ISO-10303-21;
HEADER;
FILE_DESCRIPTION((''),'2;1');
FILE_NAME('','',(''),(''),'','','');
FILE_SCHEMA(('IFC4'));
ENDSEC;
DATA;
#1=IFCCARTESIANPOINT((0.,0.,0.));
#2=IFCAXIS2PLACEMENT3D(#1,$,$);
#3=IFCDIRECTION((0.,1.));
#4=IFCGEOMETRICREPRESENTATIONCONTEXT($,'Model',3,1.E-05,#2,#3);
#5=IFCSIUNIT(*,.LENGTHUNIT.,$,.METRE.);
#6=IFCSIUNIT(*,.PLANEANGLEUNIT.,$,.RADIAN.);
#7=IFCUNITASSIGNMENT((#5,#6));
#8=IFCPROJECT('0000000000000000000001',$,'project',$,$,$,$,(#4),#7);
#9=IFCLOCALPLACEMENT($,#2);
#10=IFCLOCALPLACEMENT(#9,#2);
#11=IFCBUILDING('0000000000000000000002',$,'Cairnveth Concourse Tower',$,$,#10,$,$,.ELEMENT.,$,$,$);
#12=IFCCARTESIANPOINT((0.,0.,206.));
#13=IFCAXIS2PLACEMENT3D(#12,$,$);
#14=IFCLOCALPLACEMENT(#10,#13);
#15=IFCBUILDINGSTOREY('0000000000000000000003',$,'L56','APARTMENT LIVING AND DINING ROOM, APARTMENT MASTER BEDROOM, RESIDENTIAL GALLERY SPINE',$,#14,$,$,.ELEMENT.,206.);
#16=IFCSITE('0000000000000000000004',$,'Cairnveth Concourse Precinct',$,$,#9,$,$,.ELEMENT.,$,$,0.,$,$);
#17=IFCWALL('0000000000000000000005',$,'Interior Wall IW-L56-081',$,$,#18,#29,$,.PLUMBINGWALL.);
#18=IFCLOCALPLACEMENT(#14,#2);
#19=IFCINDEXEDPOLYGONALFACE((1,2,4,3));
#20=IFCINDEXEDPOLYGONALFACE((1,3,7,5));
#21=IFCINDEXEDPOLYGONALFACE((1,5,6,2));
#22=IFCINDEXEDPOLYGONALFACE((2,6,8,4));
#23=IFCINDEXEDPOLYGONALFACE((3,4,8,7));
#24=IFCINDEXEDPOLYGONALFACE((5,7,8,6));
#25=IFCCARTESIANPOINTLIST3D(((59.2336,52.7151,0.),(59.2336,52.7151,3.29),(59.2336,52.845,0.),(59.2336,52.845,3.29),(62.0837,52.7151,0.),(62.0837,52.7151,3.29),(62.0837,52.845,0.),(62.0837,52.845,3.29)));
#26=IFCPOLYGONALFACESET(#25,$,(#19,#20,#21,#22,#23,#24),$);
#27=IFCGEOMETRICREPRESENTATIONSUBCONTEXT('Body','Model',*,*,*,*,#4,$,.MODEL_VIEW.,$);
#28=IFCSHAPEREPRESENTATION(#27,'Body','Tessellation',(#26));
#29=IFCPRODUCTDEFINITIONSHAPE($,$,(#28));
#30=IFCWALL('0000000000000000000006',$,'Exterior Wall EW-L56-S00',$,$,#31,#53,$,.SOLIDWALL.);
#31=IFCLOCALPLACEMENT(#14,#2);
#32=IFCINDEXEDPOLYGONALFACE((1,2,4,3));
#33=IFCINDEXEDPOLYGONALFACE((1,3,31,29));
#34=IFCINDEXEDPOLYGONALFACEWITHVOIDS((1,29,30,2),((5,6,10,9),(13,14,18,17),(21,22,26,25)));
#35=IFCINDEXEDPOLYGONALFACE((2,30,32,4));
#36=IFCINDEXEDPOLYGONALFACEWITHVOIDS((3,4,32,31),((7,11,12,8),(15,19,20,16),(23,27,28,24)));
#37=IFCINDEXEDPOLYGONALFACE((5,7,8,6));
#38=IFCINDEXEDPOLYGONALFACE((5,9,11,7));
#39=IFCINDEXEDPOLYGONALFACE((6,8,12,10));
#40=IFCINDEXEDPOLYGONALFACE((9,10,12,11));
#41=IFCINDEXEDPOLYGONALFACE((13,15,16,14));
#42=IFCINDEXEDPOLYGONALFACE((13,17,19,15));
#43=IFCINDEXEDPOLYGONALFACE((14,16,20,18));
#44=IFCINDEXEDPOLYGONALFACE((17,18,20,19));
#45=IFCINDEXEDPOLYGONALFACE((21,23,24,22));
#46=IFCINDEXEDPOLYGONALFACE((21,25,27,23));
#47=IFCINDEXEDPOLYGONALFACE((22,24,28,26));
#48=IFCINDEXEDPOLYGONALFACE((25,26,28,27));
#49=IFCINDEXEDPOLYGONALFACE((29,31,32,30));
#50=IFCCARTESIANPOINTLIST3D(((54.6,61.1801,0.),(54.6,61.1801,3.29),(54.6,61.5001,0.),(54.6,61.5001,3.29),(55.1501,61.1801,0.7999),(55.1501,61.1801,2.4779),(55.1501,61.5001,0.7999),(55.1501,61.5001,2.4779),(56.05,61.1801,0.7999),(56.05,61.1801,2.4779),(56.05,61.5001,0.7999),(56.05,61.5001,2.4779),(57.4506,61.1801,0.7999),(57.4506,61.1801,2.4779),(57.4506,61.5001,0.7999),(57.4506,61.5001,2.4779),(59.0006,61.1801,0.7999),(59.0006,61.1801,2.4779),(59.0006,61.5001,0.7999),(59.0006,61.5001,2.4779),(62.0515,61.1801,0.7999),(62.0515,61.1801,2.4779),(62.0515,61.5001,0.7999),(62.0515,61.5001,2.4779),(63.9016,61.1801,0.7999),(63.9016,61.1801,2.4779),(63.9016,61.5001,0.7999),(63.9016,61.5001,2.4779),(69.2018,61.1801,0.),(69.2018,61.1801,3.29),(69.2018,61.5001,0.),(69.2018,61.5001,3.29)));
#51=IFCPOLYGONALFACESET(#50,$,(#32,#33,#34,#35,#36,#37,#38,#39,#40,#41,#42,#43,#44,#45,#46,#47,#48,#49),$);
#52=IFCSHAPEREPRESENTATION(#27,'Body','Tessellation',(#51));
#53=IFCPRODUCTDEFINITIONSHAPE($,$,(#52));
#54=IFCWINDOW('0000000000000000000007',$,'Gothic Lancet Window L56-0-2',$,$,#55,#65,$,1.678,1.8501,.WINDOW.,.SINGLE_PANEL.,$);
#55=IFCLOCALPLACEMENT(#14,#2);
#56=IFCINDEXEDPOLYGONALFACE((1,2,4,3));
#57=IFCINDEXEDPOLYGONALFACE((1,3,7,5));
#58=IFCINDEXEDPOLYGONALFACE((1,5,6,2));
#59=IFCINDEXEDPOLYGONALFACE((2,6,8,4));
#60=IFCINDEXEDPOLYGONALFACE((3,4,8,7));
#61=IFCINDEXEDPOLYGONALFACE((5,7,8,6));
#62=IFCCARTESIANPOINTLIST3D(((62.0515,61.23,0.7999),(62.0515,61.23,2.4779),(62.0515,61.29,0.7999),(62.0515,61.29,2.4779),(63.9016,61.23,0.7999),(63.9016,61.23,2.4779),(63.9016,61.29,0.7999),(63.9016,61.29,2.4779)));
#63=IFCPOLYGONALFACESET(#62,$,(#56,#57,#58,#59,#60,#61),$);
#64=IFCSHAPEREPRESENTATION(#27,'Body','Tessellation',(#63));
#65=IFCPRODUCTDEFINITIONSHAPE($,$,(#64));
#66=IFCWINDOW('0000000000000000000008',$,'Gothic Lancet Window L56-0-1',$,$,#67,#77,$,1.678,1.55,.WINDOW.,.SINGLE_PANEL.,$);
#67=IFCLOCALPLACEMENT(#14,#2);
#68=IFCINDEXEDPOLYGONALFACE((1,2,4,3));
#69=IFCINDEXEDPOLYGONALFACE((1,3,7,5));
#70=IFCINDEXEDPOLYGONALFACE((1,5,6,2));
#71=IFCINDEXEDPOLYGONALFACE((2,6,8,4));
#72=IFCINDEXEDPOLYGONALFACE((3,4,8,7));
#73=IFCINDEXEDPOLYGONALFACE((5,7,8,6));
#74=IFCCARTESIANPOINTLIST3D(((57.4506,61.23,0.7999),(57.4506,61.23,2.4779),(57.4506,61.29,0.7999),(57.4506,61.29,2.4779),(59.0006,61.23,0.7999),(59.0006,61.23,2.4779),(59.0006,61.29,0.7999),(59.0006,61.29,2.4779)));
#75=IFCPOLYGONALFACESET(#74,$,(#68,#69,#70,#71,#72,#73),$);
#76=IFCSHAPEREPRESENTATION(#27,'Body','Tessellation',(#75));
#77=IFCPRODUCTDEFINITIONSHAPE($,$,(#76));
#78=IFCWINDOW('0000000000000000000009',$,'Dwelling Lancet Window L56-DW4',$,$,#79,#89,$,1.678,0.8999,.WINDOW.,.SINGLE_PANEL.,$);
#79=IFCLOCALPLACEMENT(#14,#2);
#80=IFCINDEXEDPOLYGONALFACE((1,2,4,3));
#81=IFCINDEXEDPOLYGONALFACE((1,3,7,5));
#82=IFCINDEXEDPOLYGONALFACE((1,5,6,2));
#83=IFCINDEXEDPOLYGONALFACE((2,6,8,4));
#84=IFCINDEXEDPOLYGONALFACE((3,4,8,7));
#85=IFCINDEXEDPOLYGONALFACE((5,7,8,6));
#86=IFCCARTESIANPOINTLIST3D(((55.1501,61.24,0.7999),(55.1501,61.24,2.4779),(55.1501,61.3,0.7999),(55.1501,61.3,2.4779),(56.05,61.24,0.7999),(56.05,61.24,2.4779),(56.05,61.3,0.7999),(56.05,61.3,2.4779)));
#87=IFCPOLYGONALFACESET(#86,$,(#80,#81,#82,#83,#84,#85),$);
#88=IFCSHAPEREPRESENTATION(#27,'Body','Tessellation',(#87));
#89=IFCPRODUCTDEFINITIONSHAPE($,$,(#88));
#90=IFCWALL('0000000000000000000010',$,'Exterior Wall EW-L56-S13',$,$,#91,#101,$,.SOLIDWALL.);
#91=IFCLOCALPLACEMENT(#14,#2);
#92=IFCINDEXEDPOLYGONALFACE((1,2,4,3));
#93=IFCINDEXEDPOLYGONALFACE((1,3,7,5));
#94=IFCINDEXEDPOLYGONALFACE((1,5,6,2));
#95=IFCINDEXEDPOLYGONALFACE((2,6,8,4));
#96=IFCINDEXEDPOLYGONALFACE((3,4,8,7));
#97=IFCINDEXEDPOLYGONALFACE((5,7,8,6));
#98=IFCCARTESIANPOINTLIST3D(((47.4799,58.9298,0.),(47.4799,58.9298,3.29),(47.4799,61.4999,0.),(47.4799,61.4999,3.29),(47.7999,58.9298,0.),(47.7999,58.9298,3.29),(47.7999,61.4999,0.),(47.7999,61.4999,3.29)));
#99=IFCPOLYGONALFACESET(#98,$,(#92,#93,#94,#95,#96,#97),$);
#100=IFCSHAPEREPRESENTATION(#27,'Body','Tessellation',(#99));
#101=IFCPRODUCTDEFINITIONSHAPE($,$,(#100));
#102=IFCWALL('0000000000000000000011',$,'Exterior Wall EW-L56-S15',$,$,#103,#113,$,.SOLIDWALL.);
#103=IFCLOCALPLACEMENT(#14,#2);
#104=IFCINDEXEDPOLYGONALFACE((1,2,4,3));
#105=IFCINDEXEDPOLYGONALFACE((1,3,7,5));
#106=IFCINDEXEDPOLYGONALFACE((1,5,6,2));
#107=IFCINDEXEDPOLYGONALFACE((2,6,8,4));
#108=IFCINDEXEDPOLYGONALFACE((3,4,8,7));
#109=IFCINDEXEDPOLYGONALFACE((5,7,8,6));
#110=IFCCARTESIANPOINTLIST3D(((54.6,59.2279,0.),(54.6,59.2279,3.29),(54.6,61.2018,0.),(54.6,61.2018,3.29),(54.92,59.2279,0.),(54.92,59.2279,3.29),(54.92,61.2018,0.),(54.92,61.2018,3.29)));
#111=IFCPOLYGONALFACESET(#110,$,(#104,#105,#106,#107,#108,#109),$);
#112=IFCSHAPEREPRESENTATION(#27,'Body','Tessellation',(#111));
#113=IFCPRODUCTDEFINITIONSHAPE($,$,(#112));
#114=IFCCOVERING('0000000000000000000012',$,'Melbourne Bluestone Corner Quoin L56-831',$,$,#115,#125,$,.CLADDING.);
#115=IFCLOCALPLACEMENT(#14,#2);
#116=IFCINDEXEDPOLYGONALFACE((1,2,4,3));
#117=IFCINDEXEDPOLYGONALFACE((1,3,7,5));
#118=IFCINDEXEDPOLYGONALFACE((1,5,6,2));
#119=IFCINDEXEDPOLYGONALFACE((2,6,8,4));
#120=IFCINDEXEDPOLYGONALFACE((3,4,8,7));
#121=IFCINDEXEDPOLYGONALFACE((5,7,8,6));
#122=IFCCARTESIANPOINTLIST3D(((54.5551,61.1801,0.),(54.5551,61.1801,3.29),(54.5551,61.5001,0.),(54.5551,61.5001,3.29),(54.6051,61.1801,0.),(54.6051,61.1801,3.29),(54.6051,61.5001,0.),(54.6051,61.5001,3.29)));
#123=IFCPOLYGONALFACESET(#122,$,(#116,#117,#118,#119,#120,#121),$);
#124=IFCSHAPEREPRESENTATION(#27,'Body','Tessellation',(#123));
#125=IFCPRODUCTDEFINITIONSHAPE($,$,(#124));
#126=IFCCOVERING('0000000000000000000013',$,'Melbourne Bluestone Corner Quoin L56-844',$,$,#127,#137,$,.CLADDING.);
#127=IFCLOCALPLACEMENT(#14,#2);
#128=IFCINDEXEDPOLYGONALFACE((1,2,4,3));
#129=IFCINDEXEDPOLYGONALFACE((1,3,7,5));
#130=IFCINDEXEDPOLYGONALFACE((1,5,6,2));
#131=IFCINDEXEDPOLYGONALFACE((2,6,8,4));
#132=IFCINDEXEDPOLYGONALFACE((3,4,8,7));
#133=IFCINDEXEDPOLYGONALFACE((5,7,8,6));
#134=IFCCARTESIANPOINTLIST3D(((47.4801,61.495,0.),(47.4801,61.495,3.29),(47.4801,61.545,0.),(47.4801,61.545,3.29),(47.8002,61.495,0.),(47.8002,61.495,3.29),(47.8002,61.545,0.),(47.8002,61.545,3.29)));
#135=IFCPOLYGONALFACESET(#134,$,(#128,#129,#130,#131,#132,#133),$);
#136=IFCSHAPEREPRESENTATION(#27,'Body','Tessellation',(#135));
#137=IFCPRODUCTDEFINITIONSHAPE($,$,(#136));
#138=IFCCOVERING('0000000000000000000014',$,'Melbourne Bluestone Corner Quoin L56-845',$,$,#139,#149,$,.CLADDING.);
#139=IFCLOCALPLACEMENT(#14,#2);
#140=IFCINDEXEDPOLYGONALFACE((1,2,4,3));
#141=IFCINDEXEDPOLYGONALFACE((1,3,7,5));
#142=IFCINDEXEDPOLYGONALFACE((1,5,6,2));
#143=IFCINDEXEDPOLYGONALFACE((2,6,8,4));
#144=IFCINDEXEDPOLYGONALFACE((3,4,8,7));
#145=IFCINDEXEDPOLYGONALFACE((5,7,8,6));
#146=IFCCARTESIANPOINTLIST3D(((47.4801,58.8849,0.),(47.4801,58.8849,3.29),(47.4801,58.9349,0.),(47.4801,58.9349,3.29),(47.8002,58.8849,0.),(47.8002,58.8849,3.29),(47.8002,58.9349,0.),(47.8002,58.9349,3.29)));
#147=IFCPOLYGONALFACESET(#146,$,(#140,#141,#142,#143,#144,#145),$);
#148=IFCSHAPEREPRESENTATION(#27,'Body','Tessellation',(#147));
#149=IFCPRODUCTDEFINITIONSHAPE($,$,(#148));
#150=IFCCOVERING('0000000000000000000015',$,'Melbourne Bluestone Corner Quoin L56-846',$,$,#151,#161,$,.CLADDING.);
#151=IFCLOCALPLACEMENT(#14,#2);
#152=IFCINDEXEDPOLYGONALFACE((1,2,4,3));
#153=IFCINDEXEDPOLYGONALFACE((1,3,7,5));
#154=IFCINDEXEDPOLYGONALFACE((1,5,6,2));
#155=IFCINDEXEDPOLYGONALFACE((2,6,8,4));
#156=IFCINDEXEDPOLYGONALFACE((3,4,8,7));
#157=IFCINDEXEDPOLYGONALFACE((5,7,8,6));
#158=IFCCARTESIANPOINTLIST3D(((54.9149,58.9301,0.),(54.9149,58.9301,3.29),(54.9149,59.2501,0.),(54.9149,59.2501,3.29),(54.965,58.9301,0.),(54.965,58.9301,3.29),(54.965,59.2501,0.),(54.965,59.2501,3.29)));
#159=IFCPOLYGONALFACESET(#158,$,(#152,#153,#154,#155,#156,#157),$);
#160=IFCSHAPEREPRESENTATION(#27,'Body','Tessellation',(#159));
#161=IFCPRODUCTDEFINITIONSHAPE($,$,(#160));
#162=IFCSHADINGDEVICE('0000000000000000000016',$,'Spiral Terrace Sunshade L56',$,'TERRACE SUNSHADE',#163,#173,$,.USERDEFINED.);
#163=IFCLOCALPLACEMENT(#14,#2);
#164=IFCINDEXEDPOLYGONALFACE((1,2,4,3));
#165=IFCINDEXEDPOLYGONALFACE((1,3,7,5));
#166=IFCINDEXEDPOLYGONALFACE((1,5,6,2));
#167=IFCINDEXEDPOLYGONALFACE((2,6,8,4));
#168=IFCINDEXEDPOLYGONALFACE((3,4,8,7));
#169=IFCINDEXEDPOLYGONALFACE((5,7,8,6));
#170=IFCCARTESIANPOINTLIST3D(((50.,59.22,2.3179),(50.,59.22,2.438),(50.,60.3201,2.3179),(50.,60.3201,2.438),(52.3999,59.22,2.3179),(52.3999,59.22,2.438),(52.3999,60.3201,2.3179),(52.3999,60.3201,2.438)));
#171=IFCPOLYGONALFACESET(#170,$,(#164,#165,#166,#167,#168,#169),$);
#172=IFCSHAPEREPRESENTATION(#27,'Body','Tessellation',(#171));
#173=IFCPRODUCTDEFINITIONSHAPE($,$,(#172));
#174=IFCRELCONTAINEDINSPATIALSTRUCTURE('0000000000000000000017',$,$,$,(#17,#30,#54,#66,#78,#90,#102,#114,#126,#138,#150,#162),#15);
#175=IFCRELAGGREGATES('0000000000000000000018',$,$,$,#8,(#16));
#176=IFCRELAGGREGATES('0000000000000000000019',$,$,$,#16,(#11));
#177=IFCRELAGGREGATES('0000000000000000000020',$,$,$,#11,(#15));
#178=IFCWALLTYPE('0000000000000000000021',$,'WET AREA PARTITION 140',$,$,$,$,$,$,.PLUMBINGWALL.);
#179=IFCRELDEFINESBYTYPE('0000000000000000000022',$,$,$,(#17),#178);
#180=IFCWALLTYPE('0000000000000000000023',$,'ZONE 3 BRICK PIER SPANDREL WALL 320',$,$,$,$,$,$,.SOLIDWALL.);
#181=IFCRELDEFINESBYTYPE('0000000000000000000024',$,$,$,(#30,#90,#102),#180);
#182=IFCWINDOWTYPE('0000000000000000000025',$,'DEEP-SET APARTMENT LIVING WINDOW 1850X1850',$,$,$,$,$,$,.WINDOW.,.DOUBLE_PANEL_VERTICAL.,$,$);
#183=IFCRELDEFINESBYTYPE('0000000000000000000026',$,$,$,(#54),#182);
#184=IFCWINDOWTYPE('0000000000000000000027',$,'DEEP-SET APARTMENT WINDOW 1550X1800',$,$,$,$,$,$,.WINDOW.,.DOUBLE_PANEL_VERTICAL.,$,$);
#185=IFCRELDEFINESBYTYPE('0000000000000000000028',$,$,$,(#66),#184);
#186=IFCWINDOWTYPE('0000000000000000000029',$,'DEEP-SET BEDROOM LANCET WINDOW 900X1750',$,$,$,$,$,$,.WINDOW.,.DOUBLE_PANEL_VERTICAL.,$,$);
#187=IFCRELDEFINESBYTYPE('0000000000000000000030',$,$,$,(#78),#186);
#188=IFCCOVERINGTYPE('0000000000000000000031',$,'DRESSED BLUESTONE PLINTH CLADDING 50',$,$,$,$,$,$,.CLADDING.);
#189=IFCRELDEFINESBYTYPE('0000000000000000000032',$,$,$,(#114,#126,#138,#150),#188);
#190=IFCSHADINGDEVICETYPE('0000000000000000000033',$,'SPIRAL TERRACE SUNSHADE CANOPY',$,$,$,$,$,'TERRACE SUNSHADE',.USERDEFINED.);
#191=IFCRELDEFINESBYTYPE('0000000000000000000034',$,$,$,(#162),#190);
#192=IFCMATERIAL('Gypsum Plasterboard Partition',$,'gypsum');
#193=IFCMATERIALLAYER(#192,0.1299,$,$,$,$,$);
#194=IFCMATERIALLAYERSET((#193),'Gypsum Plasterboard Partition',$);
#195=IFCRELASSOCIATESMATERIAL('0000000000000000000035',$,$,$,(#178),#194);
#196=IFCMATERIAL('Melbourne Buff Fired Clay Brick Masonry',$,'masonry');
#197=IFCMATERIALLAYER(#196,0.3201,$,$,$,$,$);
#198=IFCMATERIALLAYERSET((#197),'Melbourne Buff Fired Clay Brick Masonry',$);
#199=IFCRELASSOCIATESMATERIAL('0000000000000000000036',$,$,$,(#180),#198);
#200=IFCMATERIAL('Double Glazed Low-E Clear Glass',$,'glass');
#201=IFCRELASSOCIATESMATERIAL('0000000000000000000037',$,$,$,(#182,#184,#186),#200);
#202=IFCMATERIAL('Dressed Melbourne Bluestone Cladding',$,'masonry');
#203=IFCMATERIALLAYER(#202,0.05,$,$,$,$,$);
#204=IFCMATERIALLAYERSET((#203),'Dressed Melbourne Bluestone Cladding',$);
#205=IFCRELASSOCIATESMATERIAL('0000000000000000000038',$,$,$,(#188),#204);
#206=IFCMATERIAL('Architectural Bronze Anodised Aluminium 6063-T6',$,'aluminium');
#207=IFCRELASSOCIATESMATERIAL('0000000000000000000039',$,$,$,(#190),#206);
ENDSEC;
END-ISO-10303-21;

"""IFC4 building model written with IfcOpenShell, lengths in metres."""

from ifc_helpers import new_model, si_unit, direction, frame, frame_2d, origin, origin_2d, place, context, subcontext, project, spatial, rectangle, extrude, material, layer, layer_set, type_object, element, fill, save


model = new_model("IFC4")

# Units and contexts
model_context = context("Model", 3, precision=1e-05, world=origin(), true_north=direction((0.0, 1.0)))
body_context = subcontext(model_context, "Body", "Model", "MODEL_VIEW")
ifc_project = project(units=[si_unit("LENGTHUNIT", "METRE"), si_unit("PLANEANGLEUNIT", "RADIAN")], contexts=[model_context])

# Site, building, storey
site_placement = place(None, origin())
site = spatial("IfcSite", under=ifc_project, at=site_placement, Name="Cairnveth Concourse Precinct", CompositionType="ELEMENT", RefElevation=0.0)
building_placement = place(site_placement, origin())
building = spatial("IfcBuilding", under=site, at=building_placement, Name="Cairnveth Concourse Tower", CompositionType="ELEMENT")
storey_placement = place(building_placement, frame((0.0, 0.0, 206.0)))
storey = spatial("IfcBuildingStorey", under=building, at=storey_placement, Name="L56", Description="APARTMENT LIVING AND DINING ROOM, APARTMENT MASTER BEDROOM, RESIDENTIAL GALLERY SPINE", CompositionType="ELEMENT", Elevation=206.0)

# Shared definitions
ifc_material_1 = material(Name="Gypsum Plasterboard Partition", Category="gypsum")

# Wall
ifc_material_2 = material(Name="Dressed Melbourne Bluestone Cladding", Category="masonry")
ifc_layer_1 = layer(ifc_material_1, 0.1299)
ifc_layer_set_1 = layer_set([ifc_layer_1], Name="Gypsum Plasterboard Partition")
wall_type_1 = type_object("IfcWallType", Name="WET AREA PARTITION 140", PredefinedType="PLUMBINGWALL", material=ifc_layer_set_1)
wall_1_placement = place(storey_placement, frame((59.2336, 52.78, 0.0), z_axis=(0.0, 0.0, 1.0), x_axis=(1.0, 0.0, 0.0)))
element("IfcWall", 1, at=wall_1_placement, inside=storey, type_object=wall_type_1, Name="Interior Wall IW-L56-081", PredefinedType="PLUMBINGWALL", context=body_context, shape_type="SweptSolid", body=[
    extrude(rectangle(XDim=2.8501, YDim=0.1299, at=frame_2d((1.425, 0.0))), origin(), (0.0, 0.0, 1.0), 3.29),
])

# Wall, openings, windows
ifc_material_3 = material(Name="Melbourne Buff Fired Clay Brick Masonry", Category="masonry")
ifc_layer_2 = layer(ifc_material_3, 0.3201)
ifc_layer_set_2 = layer_set([ifc_layer_2], Name="Melbourne Buff Fired Clay Brick Masonry")
wall_type_2 = type_object("IfcWallType", Name="ZONE 3 BRICK PIER SPANDREL WALL 320", PredefinedType="SOLIDWALL", material=ifc_layer_set_2)
wall_2_placement = place(storey_placement, frame((54.6001, 61.3401, 0.0), z_axis=(0.0, 0.0, 1.0), x_axis=(1.0, 0.0, 0.0)))
wall_2 = element("IfcWall", 2, at=wall_2_placement, inside=storey, type_object=wall_type_2, Name="Exterior Wall EW-L56-S00", PredefinedType="SOLIDWALL", context=body_context, shape_type="SweptSolid", body=[
    extrude(rectangle(XDim=14.6018, YDim=0.3201, at=frame_2d((7.3008, 0.0))), origin(), (0.0, 0.0, 1.0), 3.29),
])
opening_1_placement = place(wall_2_placement, frame((2.8506, 0.0, 0.8)))
opening_1 = element("IfcOpeningElement", 3, at=opening_1_placement, cuts=wall_2, PredefinedType="OPENING", context=body_context, shape_type="SweptSolid", body=[
    extrude(rectangle(XDim=1.55, YDim=1.678, at=frame_2d((0.7749, 0.8389))), frame((0.0, 0.1699, 0.0), z_axis=(0.0, -1.0, 0.0), x_axis=(1.0, 0.0, 0.0)), (0.0, 0.0, 1.0), 0.3401),
])
opening_2_placement = place(wall_2_placement, frame((7.4514, 0.0, 0.8)))
opening_2 = element("IfcOpeningElement", 4, at=opening_2_placement, cuts=wall_2, PredefinedType="OPENING", context=body_context, shape_type="SweptSolid", body=[
    extrude(rectangle(XDim=1.8501, YDim=1.678, at=frame_2d((0.925, 0.8389))), frame((0.0, 0.1699, 0.0), z_axis=(0.0, -1.0, 0.0), x_axis=(1.0, 0.0, 0.0)), (0.0, 0.0, 1.0), 0.3401),
])
opening_3_placement = place(wall_2_placement, frame((0.55, 0.0, 0.8)))
opening_3 = element("IfcOpeningElement", 5, at=opening_3_placement, cuts=wall_2, PredefinedType="OPENING", context=body_context, shape_type="SweptSolid", body=[
    extrude(rectangle(XDim=0.8999, YDim=1.678, at=frame_2d((0.45, 0.8389))), frame((0.0, 0.1699, 0.0), z_axis=(0.0, -1.0, 0.0), x_axis=(1.0, 0.0, 0.0)), (0.0, 0.0, 1.0), 0.3401),
])
ifc_material_4 = material(Name="Double Glazed Low-E Clear Glass", Category="glass")
window_type_1 = type_object("IfcWindowType", Name="DEEP-SET APARTMENT LIVING WINDOW 1850X1850", PartitioningType="DOUBLE_PANEL_VERTICAL", PredefinedType="WINDOW", material=ifc_material_4)
window_1_placement = place(opening_2_placement, origin())
window_1 = element("IfcWindow", 6, at=window_1_placement, inside=storey, type_object=window_type_1, Name="Gothic Lancet Window L56-0-2", OverallHeight=1.678, OverallWidth=1.8501, PartitioningType="SINGLE_PANEL", PredefinedType="WINDOW", context=body_context, shape_type="SweptSolid", body=[
    extrude(rectangle(XDim=1.8501, YDim=1.678, at=frame_2d((0.925, 0.8389))), frame((0.0, -0.05, 0.0), z_axis=(0.0, -1.0, 0.0), x_axis=(1.0, 0.0, 0.0)), (0.0, 0.0, 1.0), 0.0601),
])
fill(opening_2, window_1)
window_type_2 = type_object("IfcWindowType", Name="DEEP-SET APARTMENT WINDOW 1550X1800", PartitioningType="DOUBLE_PANEL_VERTICAL", PredefinedType="WINDOW", material=ifc_material_4)
window_2_placement = place(opening_1_placement, origin())
window_2 = element("IfcWindow", 7, at=window_2_placement, inside=storey, type_object=window_type_2, Name="Gothic Lancet Window L56-0-1", OverallHeight=1.678, OverallWidth=1.55, PartitioningType="SINGLE_PANEL", PredefinedType="WINDOW", context=body_context, shape_type="SweptSolid", body=[
    extrude(rectangle(XDim=1.55, YDim=1.678, at=frame_2d((0.7749, 0.8389))), frame((0.0, -0.05, 0.0), z_axis=(0.0, -1.0, 0.0), x_axis=(1.0, 0.0, 0.0)), (0.0, 0.0, 1.0), 0.0601),
])
fill(opening_1, window_2)
window_type_3 = type_object("IfcWindowType", Name="DEEP-SET BEDROOM LANCET WINDOW 900X1750", PartitioningType="DOUBLE_PANEL_VERTICAL", PredefinedType="WINDOW", material=ifc_material_4)
window_3_placement = place(opening_3_placement, origin())
window_3 = element("IfcWindow", 8, at=window_3_placement, inside=storey, type_object=window_type_3, Name="Dwelling Lancet Window L56-DW4", OverallHeight=1.678, OverallWidth=0.8999, PartitioningType="SINGLE_PANEL", PredefinedType="WINDOW", context=body_context, shape_type="SweptSolid", body=[
    extrude(rectangle(XDim=0.8999, YDim=1.678, at=frame_2d((0.45, 0.8389))), frame((0.0, -0.04, 0.0), z_axis=(0.0, -1.0, 0.0), x_axis=(1.0, 0.0, 0.0)), (0.0, 0.0, 1.0), 0.0601),
])
fill(opening_3, window_3)

# Wall
wall_3_placement = place(storey_placement, frame((47.6399, 61.5, 0.0), z_axis=(0.0, 0.0, 1.0), x_axis=(0.0, -1.0, 0.0)))
element("IfcWall", 9, at=wall_3_placement, inside=storey, type_object=wall_type_2, Name="Exterior Wall EW-L56-S13", PredefinedType="SOLIDWALL", context=body_context, shape_type="SweptSolid", body=[
    extrude(rectangle(XDim=2.5701, YDim=0.3201, at=frame_2d((1.2852, 0.0))), origin(), (0.0, 0.0, 1.0), 3.29),
])

# Shared definitions
ifc_material_5 = material(Name="Architectural Bronze Anodised Aluminium 6063-T6", Category="aluminium")

# Wall
wall_4_placement = place(storey_placement, frame((54.76, 59.228, 0.0), z_axis=(0.0, 0.0, 1.0), x_axis=(0.0, 1.0, 0.0)))
element("IfcWall", 10, at=wall_4_placement, inside=storey, type_object=wall_type_2, Name="Exterior Wall EW-L56-S15", PredefinedType="SOLIDWALL", context=body_context, shape_type="SweptSolid", body=[
    extrude(rectangle(XDim=1.9739, YDim=0.3201, at=frame_2d((0.9868, 0.0))), origin(), (0.0, 0.0, 1.0), 3.29),
])

# Coverings
ifc_layer_3 = layer(ifc_material_2, 0.05)
ifc_layer_set_3 = layer_set([ifc_layer_3], Name="Dressed Melbourne Bluestone Cladding")
covering_type = type_object("IfcCoveringType", Name="DRESSED BLUESTONE PLINTH CLADDING 50", PredefinedType="CLADDING", material=ifc_layer_set_3)
for number, where, z_axis, x_axis, name in (
    (11, (54.5801, 61.1799, 0.0), (0.0, 0.0, 1.0), (0.0, 1.0, 0.0), "Melbourne Bluestone Corner Quoin L56-831"),
    (12, (47.48, 61.52, 0.0), (0.0, 0.0, 1.0), (1.0, 0.0, 0.0), "Melbourne Bluestone Corner Quoin L56-844"),
    (13, (47.48, 58.9099, 0.0), (0.0, 0.0, 1.0), (1.0, 0.0, 0.0), "Melbourne Bluestone Corner Quoin L56-845"),
    (14, (54.9399, 58.9299, 0.0), (0.0, 0.0, 1.0), (0.0, 1.0, 0.0), "Melbourne Bluestone Corner Quoin L56-846"),
):
    element("IfcCovering", number, at=place(storey_placement, frame(where, z_axis=z_axis, x_axis=x_axis)), inside=storey, type_object=covering_type, Name=name, PredefinedType="CLADDING", context=body_context, shape_type="SweptSolid", body=[
        extrude(rectangle(XDim=0.3201, YDim=0.05, at=frame_2d((0.1602, 0.0))), origin(), (0.0, 0.0, 1.0), 3.29),
    ])

# Shading device
shading_device_type = type_object("IfcShadingDeviceType", Name="SPIRAL TERRACE SUNSHADE CANOPY", ElementType="TERRACE SUNSHADE", PredefinedType="USERDEFINED", material=ifc_material_5)
shading_device_placement = place(storey_placement, frame((51.2, 59.77, 2.3179), z_axis=(0.0, 0.0, 1.0), x_axis=(1.0, 0.0, 0.0)))
element("IfcShadingDevice", 15, at=shading_device_placement, inside=storey, type_object=shading_device_type, Name="Spiral Terrace Sunshade L56", ObjectType="TERRACE SUNSHADE", PredefinedType="USERDEFINED", context=body_context, shape_type="SweptSolid", body=[
    extrude(rectangle(XDim=2.3999, YDim=1.1001, at=origin_2d()), origin(), (0.0, 0.0, 1.0), 0.1201),
])

save(model, "model.ifc")
